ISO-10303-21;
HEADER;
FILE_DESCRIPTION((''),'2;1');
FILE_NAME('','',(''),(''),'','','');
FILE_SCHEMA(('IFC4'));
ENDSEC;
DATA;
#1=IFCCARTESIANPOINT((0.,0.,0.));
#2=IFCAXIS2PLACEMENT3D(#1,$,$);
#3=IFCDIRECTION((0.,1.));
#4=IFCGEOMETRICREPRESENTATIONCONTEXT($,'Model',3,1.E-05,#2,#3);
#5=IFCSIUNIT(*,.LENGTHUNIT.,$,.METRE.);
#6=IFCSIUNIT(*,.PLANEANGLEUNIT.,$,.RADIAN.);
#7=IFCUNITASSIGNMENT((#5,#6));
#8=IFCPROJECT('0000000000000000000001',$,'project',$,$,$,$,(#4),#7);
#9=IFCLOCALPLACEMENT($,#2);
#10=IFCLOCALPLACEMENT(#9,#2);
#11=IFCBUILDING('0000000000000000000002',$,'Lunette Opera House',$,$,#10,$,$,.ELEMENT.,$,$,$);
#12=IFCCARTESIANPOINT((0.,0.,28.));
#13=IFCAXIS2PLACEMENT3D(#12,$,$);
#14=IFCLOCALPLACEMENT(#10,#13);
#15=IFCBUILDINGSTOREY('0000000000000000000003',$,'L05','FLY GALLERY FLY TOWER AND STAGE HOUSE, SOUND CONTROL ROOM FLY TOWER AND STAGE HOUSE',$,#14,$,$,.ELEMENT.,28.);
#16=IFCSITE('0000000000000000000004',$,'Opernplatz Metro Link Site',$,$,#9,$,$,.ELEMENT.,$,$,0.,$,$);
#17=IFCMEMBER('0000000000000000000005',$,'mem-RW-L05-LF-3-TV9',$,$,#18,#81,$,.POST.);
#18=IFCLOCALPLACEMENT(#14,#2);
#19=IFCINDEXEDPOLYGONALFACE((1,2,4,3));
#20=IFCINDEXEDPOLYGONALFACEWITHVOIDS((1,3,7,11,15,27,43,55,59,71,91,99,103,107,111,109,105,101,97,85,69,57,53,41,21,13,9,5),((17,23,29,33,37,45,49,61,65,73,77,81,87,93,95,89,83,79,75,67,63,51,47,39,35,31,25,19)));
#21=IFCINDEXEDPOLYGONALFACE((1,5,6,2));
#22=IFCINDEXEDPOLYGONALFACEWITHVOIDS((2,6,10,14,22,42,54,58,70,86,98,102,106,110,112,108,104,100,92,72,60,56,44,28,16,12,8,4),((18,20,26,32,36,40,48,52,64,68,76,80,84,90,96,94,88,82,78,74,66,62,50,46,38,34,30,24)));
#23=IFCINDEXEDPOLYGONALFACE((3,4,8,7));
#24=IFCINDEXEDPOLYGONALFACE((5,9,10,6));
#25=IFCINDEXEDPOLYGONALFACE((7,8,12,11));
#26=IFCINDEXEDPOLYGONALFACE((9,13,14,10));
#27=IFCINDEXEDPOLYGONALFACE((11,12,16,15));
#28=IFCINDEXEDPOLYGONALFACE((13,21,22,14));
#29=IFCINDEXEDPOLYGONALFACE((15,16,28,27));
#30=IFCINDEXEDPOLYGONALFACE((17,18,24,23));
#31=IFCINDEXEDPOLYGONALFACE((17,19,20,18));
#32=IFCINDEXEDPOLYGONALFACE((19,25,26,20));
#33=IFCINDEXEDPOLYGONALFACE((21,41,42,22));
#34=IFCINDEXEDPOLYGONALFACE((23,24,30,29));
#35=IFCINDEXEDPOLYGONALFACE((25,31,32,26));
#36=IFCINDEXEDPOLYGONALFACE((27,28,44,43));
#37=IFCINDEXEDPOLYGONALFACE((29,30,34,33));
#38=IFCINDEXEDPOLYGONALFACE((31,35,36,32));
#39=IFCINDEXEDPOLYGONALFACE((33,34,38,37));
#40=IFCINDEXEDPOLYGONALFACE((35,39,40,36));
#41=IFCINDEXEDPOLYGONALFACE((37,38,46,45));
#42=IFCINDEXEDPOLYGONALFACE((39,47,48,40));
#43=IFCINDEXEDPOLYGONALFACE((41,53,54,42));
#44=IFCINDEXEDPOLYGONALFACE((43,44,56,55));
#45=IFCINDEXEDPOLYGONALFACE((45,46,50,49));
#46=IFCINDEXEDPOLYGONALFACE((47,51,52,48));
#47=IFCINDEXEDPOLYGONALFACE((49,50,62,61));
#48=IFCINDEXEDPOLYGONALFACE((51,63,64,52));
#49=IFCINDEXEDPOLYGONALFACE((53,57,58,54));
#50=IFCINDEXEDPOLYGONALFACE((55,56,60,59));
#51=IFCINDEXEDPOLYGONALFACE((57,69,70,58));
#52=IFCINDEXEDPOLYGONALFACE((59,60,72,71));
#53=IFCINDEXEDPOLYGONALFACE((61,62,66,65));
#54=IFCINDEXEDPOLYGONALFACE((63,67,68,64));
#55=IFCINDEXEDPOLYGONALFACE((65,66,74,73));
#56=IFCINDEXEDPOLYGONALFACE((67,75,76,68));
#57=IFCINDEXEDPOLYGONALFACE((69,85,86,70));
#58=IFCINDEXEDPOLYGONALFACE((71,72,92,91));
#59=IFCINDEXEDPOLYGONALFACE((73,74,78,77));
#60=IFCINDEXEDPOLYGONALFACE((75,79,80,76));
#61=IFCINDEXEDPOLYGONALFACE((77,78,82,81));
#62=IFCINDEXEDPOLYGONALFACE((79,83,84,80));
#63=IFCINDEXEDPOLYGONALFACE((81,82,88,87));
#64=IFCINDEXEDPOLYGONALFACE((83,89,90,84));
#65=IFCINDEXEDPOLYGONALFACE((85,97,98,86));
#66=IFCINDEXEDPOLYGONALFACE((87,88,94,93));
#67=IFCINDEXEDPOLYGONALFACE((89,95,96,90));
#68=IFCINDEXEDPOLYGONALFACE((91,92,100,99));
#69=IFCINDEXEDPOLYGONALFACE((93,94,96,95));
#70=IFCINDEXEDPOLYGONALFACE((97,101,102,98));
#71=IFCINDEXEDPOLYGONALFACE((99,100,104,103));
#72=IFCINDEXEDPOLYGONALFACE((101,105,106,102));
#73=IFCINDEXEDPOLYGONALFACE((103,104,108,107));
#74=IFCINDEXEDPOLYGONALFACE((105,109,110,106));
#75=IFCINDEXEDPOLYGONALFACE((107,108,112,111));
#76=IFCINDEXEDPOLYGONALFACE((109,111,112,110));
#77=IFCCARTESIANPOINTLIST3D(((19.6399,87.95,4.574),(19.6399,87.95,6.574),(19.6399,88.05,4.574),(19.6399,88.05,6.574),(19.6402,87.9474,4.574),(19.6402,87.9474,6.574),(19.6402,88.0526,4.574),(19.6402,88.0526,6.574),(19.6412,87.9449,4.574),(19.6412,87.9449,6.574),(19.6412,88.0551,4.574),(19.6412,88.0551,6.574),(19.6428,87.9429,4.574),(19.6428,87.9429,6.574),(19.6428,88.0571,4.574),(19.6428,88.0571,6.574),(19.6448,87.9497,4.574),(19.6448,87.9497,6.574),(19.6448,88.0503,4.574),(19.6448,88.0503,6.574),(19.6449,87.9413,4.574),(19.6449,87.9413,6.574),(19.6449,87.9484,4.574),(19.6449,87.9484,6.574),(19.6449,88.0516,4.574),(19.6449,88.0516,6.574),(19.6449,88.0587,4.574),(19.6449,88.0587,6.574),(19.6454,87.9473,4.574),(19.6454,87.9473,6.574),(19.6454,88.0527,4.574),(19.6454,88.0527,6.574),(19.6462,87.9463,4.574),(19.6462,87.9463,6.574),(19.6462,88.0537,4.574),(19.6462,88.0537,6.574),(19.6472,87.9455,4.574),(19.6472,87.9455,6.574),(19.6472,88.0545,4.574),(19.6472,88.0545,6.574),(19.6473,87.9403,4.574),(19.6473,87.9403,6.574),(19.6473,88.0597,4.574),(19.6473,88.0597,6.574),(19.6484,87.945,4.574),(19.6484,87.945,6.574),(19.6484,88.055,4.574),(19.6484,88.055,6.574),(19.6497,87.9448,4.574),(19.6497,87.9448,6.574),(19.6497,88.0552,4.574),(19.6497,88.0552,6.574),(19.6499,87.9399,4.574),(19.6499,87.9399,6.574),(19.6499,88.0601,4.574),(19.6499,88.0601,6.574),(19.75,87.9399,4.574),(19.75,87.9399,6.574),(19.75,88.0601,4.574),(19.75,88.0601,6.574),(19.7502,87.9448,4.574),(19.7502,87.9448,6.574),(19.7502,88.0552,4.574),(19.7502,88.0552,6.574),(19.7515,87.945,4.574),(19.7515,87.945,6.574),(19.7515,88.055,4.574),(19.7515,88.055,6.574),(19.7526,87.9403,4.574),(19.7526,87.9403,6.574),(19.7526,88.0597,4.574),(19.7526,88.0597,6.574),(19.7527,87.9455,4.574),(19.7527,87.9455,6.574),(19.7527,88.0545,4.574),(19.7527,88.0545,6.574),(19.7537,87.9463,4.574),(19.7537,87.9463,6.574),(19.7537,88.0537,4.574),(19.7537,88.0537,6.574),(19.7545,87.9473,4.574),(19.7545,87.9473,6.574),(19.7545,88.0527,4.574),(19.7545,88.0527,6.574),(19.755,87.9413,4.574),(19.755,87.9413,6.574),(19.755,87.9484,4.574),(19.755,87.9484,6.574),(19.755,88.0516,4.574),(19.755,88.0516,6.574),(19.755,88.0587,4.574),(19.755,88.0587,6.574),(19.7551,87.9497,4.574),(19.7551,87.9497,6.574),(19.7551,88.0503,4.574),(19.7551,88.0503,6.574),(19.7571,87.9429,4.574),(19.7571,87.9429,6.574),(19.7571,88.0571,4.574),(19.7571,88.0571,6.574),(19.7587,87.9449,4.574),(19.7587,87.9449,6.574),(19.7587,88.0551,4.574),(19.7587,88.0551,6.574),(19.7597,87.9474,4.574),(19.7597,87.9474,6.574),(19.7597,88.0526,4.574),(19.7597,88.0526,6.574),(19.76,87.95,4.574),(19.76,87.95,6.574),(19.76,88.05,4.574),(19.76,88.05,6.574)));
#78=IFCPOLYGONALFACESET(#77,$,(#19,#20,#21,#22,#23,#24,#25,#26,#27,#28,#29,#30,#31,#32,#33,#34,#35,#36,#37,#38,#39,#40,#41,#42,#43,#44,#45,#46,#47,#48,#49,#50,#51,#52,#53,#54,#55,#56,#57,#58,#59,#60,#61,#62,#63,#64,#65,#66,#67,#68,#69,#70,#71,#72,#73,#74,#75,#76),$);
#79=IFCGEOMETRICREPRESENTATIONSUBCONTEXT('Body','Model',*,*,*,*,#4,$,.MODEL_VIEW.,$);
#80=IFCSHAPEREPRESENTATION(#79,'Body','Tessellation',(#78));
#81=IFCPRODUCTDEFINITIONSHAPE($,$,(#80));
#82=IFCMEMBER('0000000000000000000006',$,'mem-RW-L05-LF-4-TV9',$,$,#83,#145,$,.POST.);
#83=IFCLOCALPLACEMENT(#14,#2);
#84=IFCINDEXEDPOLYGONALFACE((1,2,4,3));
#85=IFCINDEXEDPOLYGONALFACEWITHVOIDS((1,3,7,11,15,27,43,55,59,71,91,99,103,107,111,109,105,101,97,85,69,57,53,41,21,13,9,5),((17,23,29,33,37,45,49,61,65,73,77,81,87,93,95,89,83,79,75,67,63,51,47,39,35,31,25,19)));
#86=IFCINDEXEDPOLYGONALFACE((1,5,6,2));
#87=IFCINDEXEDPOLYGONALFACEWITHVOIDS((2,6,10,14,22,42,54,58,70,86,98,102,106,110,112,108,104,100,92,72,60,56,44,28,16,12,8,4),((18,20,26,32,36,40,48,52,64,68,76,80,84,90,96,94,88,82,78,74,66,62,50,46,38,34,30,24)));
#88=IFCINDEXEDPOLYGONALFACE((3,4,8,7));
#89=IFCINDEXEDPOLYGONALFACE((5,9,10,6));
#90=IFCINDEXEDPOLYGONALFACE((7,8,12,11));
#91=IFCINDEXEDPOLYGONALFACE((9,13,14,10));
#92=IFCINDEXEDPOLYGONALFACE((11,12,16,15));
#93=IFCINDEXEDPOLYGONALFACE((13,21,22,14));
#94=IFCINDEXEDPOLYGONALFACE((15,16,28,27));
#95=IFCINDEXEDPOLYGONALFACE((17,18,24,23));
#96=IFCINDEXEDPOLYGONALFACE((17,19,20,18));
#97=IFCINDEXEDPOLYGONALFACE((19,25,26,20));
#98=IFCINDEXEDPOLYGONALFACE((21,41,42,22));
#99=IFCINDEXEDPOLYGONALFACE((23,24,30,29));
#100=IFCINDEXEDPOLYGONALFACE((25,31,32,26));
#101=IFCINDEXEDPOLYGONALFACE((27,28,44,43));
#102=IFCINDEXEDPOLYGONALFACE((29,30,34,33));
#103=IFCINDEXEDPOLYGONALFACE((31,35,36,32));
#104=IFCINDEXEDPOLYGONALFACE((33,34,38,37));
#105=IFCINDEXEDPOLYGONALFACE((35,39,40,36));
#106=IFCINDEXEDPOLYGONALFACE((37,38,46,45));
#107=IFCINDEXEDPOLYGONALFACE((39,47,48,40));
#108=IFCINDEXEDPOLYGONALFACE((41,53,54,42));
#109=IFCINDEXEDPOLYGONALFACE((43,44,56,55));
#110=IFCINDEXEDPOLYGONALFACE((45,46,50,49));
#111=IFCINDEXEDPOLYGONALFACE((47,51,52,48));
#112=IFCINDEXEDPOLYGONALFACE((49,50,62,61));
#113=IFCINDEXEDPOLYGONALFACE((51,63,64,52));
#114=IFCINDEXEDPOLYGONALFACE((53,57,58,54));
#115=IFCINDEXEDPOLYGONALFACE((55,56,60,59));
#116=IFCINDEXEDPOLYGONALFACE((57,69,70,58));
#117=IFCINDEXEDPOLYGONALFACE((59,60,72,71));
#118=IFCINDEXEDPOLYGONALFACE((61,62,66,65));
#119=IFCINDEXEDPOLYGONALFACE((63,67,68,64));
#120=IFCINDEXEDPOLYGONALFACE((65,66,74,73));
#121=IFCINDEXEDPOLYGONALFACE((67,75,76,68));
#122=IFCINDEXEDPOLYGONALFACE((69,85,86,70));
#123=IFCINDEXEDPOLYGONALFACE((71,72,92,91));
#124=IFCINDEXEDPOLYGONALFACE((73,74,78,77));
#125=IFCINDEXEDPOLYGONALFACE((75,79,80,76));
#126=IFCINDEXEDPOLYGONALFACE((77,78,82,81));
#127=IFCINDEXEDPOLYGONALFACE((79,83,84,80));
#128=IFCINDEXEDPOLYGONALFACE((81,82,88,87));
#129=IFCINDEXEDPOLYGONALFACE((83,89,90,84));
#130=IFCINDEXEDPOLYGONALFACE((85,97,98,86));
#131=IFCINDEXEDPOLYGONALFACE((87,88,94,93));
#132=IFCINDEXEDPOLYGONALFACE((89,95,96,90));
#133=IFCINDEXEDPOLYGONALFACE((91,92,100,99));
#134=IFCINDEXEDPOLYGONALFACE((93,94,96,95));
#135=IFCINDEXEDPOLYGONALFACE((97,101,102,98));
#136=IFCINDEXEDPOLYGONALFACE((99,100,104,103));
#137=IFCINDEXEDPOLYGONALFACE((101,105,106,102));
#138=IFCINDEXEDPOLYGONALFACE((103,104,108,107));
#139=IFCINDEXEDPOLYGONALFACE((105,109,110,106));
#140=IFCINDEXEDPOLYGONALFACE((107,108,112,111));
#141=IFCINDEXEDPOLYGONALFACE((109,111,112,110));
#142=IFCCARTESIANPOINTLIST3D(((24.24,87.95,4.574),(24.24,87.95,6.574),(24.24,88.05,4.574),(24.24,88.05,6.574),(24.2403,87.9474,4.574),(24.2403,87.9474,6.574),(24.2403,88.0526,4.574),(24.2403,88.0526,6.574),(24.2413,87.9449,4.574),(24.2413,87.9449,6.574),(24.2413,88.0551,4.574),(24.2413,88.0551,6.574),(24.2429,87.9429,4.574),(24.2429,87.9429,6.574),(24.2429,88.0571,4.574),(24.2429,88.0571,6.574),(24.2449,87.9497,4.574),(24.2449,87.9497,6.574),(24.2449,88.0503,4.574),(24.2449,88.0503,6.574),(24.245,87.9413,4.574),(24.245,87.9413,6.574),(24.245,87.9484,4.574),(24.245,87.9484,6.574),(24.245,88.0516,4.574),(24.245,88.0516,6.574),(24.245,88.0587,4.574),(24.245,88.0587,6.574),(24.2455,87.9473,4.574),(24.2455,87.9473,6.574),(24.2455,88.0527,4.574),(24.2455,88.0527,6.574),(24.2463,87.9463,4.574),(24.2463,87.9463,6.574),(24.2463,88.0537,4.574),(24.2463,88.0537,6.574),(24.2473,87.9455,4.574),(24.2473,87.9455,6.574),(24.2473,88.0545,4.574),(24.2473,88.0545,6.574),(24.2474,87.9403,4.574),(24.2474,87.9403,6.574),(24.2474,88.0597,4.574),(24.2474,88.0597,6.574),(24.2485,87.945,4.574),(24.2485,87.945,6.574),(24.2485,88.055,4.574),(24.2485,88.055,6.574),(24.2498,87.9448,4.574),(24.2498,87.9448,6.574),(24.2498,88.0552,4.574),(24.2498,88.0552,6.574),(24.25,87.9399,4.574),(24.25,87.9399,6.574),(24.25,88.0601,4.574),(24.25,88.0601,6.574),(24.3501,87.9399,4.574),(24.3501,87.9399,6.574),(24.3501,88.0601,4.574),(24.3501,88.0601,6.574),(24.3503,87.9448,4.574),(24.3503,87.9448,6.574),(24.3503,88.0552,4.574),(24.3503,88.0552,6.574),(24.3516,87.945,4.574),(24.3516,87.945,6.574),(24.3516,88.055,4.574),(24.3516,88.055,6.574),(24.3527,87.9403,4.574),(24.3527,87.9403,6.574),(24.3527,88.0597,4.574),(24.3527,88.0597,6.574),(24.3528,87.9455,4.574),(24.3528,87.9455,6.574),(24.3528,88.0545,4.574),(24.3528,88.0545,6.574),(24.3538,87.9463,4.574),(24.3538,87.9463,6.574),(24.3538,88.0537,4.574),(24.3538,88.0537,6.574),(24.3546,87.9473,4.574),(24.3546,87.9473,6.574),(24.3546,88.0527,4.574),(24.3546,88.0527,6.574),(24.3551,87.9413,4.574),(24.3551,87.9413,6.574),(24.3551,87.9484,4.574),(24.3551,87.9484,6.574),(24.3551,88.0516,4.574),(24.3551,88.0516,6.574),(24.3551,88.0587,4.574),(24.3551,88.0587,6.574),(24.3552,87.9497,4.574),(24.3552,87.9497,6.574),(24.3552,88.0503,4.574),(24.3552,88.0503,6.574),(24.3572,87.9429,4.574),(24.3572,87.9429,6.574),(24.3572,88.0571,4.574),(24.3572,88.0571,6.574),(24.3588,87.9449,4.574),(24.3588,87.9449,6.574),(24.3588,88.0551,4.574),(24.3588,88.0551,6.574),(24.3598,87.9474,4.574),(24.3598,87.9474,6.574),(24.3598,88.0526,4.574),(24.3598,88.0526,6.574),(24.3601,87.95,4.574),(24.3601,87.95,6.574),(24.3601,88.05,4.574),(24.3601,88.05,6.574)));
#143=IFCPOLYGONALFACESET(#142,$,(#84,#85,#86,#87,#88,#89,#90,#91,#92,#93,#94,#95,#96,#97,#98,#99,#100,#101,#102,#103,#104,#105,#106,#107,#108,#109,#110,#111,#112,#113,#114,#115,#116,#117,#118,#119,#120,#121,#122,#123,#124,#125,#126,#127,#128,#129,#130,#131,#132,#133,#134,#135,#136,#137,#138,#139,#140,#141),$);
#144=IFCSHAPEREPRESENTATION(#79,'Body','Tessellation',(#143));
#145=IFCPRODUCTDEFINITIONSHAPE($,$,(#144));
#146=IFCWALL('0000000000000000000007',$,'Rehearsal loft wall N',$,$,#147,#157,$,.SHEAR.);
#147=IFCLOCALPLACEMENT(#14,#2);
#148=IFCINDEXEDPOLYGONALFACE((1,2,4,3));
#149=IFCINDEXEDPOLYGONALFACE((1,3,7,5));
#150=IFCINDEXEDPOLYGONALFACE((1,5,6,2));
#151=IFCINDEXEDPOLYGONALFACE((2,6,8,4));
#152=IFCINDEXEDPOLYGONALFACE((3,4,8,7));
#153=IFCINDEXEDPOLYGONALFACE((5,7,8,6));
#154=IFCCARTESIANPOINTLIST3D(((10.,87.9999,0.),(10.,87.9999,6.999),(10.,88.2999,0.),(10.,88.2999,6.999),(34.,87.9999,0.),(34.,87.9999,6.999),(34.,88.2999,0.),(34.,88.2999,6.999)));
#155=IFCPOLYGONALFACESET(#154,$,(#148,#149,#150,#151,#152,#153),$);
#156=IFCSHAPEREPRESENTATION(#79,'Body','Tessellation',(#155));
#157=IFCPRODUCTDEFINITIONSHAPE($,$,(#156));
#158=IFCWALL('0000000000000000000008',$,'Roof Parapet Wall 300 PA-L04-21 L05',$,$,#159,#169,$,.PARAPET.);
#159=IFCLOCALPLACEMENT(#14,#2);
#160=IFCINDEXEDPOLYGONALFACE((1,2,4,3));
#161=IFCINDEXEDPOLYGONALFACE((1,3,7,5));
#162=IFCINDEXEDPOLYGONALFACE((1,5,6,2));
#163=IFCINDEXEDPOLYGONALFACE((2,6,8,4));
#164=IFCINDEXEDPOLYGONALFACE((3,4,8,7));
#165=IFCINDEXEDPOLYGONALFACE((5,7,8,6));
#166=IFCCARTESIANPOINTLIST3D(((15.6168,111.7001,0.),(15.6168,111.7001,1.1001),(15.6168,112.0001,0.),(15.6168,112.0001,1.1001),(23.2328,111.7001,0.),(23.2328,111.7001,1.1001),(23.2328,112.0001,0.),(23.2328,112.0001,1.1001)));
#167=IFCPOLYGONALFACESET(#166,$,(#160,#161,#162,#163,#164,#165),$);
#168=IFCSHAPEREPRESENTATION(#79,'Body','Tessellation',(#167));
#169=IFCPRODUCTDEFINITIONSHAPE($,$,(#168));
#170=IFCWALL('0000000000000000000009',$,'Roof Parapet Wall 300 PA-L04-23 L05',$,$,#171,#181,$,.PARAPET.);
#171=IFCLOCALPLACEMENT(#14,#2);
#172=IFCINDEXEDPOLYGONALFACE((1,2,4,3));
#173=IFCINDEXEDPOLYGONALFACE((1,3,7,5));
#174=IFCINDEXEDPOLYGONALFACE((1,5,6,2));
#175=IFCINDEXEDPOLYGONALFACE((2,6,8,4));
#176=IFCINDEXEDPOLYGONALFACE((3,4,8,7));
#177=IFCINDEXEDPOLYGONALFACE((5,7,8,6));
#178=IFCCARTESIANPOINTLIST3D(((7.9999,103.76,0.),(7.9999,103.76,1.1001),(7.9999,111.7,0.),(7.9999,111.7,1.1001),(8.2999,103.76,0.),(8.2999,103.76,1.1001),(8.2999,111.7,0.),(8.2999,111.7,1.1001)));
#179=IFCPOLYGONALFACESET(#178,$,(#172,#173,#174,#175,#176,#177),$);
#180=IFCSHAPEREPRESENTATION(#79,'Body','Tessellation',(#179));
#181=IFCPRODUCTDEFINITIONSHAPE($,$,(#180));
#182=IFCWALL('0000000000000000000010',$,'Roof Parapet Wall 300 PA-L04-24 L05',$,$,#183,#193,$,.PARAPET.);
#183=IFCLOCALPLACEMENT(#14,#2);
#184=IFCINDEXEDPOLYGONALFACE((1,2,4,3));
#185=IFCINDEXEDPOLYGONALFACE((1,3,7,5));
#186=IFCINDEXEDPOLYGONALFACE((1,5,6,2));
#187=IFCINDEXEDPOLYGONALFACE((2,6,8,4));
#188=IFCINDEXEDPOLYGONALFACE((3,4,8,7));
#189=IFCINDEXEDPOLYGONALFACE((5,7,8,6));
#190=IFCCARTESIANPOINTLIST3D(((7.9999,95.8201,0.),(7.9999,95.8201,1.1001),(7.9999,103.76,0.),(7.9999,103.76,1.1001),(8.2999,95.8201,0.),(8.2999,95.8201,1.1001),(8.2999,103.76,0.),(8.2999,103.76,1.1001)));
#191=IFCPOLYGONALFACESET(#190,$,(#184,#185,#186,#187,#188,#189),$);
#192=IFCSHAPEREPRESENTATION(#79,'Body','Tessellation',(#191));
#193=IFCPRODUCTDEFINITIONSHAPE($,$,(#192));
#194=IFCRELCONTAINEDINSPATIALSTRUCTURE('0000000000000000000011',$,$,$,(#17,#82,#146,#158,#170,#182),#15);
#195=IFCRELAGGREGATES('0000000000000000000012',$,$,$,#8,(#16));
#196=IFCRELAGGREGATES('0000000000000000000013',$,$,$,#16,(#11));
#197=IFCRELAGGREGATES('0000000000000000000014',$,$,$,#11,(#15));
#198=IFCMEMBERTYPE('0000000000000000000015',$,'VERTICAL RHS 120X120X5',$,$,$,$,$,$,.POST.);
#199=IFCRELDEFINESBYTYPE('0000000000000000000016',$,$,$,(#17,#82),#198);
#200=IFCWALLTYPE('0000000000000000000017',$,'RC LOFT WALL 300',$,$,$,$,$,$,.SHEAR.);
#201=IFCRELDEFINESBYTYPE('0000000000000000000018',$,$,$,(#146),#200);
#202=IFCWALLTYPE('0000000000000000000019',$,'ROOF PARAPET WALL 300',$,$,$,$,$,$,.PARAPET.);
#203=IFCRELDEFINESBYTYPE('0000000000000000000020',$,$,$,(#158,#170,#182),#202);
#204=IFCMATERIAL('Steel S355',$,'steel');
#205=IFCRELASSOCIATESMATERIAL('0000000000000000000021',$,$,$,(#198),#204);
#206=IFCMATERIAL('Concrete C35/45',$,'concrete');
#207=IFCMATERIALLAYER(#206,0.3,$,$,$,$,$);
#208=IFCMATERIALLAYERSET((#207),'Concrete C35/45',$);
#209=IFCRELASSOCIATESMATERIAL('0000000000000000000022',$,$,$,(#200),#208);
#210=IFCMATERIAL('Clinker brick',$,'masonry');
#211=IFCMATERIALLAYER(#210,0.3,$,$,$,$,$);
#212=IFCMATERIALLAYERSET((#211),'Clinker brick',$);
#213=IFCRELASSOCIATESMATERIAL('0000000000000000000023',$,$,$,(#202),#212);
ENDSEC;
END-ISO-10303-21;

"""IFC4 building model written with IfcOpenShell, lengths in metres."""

from ifc_helpers import new_model, si_unit, direction, frame, frame_2d, origin, origin_2d, place, context, subcontext, project, spatial, rectangle, hollow_rectangle, extrude, material, layer, layer_set, material_profile, profile_set, type_object, element, save


model = new_model("IFC4")

# Units and contexts
model_context = context("Model", 3, precision=1e-05, world=origin(), true_north=direction((0.0, 1.0)))
body_context = subcontext(model_context, "Body", "Model", "MODEL_VIEW")
ifc_project = project(units=[si_unit("LENGTHUNIT", "METRE"), si_unit("PLANEANGLEUNIT", "RADIAN")], contexts=[model_context])

# Site, building, storey
site_placement = place(None, origin())
site = spatial("IfcSite", under=ifc_project, at=site_placement, Name="Opernplatz Metro Link Site", CompositionType="ELEMENT", RefElevation=0.0)
building_placement = place(site_placement, origin())
building = spatial("IfcBuilding", under=site, at=building_placement, Name="Lunette Opera House", CompositionType="ELEMENT")
storey_placement = place(building_placement, frame((0.0, 0.0, 28.0)))
storey = spatial("IfcBuildingStorey", under=building, at=storey_placement, Name="L05", Description="FLY GALLERY FLY TOWER AND STAGE HOUSE, SOUND CONTROL ROOM FLY TOWER AND STAGE HOUSE", CompositionType="ELEMENT", Elevation=28.0)

# Members
ifc_material_1 = material(Name="Steel S355", Category="steel")
ifc_material_profile = material_profile(ifc_material_1, hollow_rectangle(XDim=0.1201, YDim=0.1201, WallThickness=0.0049, InnerFilletRadius=0.0049, OuterFilletRadius=0.01, at=origin_2d()), Name="RHS 120X120X5")
ifc_profile_set = profile_set([ifc_material_profile], Name="Steel S355")
member_type = type_object("IfcMemberType", Name="VERTICAL RHS 120X120X5", PredefinedType="POST", material=ifc_profile_set)
for number, where, z_axis, x_axis, name in (
    (1, (19.7, 88.0, 4.574), (0.0, 0.0, 1.0), (1.0, 0.0, 0.0), "mem-RW-L05-LF-3-TV9"),
    (2, (24.3, 88.0, 4.574), (0.0, 0.0, 1.0), (1.0, 0.0, 0.0), "mem-RW-L05-LF-4-TV9"),
):
    element("IfcMember", number, at=place(storey_placement, frame(where, z_axis=z_axis, x_axis=x_axis)), inside=storey, type_object=member_type, Name=name, PredefinedType="POST", context=body_context, shape_type="SweptSolid", body=[
        extrude(hollow_rectangle(XDim=0.1201, YDim=0.1201, WallThickness=0.0049, InnerFilletRadius=0.0049, OuterFilletRadius=0.01, at=origin_2d()), origin(), (0.0, 0.0, 1.0), 2.0),
    ])

# Walls
ifc_material_2 = material(Name="Concrete C35/45", Category="concrete")
ifc_layer_1 = layer(ifc_material_2, 0.3)
ifc_layer_set_1 = layer_set([ifc_layer_1], Name="Concrete C35/45")
wall_type_1 = type_object("IfcWallType", Name="RC LOFT WALL 300", PredefinedType="SHEAR", material=ifc_layer_set_1)
wall_1_placement = place(storey_placement, frame((10.0, 88.1499, 0.0), z_axis=(0.0, 0.0, 1.0), x_axis=(1.0, 0.0, 0.0)))
element("IfcWall", 3, at=wall_1_placement, inside=storey, type_object=wall_type_1, Name="Rehearsal loft wall N", PredefinedType="SHEAR", context=body_context, shape_type="SweptSolid", body=[
    extrude(rectangle(XDim=24.0, YDim=0.3, at=frame_2d((12.0, 0.0))), origin(), (0.0, 0.0, 1.0), 6.999),
])
ifc_material_3 = material(Name="Clinker brick", Category="masonry")
ifc_layer_2 = layer(ifc_material_3, 0.3)
ifc_layer_set_2 = layer_set([ifc_layer_2], Name="Clinker brick")
wall_type_2 = type_object("IfcWallType", Name="ROOF PARAPET WALL 300", PredefinedType="PARAPET", material=ifc_layer_set_2)
wall_2_placement = place(storey_placement, frame((23.2329, 111.8501, 0.0), z_axis=(0.0, 0.0, 1.0), x_axis=(-1.0, 0.0, 0.0)))
element("IfcWall", 4, at=wall_2_placement, inside=storey, type_object=wall_type_2, Name="Roof Parapet Wall 300 PA-L04-21 L05", PredefinedType="PARAPET", context=body_context, shape_type="SweptSolid", body=[
    extrude(rectangle(XDim=7.616, YDim=0.3, at=frame_2d((3.8081, 0.0))), origin(), (0.0, 0.0, 1.0), 1.1001),
])
for number, where, z_axis, x_axis, name in (
    (5, (8.1499, 111.7, 0.0), (0.0, 0.0, 1.0), (0.0, -1.0, 0.0), "Roof Parapet Wall 300 PA-L04-23 L05"),
    (6, (8.1499, 103.76, 0.0), (0.0, 0.0, 1.0), (0.0, -1.0, 0.0), "Roof Parapet Wall 300 PA-L04-24 L05"),
):
    element("IfcWall", number, at=place(storey_placement, frame(where, z_axis=z_axis, x_axis=x_axis)), inside=storey, type_object=wall_type_2, Name=name, PredefinedType="PARAPET", context=body_context, shape_type="SweptSolid", body=[
        extrude(rectangle(XDim=7.9399, YDim=0.3, at=frame_2d((3.97, 0.0))), origin(), (0.0, 0.0, 1.0), 1.1001),
    ])

save(model, "model.ifc")
